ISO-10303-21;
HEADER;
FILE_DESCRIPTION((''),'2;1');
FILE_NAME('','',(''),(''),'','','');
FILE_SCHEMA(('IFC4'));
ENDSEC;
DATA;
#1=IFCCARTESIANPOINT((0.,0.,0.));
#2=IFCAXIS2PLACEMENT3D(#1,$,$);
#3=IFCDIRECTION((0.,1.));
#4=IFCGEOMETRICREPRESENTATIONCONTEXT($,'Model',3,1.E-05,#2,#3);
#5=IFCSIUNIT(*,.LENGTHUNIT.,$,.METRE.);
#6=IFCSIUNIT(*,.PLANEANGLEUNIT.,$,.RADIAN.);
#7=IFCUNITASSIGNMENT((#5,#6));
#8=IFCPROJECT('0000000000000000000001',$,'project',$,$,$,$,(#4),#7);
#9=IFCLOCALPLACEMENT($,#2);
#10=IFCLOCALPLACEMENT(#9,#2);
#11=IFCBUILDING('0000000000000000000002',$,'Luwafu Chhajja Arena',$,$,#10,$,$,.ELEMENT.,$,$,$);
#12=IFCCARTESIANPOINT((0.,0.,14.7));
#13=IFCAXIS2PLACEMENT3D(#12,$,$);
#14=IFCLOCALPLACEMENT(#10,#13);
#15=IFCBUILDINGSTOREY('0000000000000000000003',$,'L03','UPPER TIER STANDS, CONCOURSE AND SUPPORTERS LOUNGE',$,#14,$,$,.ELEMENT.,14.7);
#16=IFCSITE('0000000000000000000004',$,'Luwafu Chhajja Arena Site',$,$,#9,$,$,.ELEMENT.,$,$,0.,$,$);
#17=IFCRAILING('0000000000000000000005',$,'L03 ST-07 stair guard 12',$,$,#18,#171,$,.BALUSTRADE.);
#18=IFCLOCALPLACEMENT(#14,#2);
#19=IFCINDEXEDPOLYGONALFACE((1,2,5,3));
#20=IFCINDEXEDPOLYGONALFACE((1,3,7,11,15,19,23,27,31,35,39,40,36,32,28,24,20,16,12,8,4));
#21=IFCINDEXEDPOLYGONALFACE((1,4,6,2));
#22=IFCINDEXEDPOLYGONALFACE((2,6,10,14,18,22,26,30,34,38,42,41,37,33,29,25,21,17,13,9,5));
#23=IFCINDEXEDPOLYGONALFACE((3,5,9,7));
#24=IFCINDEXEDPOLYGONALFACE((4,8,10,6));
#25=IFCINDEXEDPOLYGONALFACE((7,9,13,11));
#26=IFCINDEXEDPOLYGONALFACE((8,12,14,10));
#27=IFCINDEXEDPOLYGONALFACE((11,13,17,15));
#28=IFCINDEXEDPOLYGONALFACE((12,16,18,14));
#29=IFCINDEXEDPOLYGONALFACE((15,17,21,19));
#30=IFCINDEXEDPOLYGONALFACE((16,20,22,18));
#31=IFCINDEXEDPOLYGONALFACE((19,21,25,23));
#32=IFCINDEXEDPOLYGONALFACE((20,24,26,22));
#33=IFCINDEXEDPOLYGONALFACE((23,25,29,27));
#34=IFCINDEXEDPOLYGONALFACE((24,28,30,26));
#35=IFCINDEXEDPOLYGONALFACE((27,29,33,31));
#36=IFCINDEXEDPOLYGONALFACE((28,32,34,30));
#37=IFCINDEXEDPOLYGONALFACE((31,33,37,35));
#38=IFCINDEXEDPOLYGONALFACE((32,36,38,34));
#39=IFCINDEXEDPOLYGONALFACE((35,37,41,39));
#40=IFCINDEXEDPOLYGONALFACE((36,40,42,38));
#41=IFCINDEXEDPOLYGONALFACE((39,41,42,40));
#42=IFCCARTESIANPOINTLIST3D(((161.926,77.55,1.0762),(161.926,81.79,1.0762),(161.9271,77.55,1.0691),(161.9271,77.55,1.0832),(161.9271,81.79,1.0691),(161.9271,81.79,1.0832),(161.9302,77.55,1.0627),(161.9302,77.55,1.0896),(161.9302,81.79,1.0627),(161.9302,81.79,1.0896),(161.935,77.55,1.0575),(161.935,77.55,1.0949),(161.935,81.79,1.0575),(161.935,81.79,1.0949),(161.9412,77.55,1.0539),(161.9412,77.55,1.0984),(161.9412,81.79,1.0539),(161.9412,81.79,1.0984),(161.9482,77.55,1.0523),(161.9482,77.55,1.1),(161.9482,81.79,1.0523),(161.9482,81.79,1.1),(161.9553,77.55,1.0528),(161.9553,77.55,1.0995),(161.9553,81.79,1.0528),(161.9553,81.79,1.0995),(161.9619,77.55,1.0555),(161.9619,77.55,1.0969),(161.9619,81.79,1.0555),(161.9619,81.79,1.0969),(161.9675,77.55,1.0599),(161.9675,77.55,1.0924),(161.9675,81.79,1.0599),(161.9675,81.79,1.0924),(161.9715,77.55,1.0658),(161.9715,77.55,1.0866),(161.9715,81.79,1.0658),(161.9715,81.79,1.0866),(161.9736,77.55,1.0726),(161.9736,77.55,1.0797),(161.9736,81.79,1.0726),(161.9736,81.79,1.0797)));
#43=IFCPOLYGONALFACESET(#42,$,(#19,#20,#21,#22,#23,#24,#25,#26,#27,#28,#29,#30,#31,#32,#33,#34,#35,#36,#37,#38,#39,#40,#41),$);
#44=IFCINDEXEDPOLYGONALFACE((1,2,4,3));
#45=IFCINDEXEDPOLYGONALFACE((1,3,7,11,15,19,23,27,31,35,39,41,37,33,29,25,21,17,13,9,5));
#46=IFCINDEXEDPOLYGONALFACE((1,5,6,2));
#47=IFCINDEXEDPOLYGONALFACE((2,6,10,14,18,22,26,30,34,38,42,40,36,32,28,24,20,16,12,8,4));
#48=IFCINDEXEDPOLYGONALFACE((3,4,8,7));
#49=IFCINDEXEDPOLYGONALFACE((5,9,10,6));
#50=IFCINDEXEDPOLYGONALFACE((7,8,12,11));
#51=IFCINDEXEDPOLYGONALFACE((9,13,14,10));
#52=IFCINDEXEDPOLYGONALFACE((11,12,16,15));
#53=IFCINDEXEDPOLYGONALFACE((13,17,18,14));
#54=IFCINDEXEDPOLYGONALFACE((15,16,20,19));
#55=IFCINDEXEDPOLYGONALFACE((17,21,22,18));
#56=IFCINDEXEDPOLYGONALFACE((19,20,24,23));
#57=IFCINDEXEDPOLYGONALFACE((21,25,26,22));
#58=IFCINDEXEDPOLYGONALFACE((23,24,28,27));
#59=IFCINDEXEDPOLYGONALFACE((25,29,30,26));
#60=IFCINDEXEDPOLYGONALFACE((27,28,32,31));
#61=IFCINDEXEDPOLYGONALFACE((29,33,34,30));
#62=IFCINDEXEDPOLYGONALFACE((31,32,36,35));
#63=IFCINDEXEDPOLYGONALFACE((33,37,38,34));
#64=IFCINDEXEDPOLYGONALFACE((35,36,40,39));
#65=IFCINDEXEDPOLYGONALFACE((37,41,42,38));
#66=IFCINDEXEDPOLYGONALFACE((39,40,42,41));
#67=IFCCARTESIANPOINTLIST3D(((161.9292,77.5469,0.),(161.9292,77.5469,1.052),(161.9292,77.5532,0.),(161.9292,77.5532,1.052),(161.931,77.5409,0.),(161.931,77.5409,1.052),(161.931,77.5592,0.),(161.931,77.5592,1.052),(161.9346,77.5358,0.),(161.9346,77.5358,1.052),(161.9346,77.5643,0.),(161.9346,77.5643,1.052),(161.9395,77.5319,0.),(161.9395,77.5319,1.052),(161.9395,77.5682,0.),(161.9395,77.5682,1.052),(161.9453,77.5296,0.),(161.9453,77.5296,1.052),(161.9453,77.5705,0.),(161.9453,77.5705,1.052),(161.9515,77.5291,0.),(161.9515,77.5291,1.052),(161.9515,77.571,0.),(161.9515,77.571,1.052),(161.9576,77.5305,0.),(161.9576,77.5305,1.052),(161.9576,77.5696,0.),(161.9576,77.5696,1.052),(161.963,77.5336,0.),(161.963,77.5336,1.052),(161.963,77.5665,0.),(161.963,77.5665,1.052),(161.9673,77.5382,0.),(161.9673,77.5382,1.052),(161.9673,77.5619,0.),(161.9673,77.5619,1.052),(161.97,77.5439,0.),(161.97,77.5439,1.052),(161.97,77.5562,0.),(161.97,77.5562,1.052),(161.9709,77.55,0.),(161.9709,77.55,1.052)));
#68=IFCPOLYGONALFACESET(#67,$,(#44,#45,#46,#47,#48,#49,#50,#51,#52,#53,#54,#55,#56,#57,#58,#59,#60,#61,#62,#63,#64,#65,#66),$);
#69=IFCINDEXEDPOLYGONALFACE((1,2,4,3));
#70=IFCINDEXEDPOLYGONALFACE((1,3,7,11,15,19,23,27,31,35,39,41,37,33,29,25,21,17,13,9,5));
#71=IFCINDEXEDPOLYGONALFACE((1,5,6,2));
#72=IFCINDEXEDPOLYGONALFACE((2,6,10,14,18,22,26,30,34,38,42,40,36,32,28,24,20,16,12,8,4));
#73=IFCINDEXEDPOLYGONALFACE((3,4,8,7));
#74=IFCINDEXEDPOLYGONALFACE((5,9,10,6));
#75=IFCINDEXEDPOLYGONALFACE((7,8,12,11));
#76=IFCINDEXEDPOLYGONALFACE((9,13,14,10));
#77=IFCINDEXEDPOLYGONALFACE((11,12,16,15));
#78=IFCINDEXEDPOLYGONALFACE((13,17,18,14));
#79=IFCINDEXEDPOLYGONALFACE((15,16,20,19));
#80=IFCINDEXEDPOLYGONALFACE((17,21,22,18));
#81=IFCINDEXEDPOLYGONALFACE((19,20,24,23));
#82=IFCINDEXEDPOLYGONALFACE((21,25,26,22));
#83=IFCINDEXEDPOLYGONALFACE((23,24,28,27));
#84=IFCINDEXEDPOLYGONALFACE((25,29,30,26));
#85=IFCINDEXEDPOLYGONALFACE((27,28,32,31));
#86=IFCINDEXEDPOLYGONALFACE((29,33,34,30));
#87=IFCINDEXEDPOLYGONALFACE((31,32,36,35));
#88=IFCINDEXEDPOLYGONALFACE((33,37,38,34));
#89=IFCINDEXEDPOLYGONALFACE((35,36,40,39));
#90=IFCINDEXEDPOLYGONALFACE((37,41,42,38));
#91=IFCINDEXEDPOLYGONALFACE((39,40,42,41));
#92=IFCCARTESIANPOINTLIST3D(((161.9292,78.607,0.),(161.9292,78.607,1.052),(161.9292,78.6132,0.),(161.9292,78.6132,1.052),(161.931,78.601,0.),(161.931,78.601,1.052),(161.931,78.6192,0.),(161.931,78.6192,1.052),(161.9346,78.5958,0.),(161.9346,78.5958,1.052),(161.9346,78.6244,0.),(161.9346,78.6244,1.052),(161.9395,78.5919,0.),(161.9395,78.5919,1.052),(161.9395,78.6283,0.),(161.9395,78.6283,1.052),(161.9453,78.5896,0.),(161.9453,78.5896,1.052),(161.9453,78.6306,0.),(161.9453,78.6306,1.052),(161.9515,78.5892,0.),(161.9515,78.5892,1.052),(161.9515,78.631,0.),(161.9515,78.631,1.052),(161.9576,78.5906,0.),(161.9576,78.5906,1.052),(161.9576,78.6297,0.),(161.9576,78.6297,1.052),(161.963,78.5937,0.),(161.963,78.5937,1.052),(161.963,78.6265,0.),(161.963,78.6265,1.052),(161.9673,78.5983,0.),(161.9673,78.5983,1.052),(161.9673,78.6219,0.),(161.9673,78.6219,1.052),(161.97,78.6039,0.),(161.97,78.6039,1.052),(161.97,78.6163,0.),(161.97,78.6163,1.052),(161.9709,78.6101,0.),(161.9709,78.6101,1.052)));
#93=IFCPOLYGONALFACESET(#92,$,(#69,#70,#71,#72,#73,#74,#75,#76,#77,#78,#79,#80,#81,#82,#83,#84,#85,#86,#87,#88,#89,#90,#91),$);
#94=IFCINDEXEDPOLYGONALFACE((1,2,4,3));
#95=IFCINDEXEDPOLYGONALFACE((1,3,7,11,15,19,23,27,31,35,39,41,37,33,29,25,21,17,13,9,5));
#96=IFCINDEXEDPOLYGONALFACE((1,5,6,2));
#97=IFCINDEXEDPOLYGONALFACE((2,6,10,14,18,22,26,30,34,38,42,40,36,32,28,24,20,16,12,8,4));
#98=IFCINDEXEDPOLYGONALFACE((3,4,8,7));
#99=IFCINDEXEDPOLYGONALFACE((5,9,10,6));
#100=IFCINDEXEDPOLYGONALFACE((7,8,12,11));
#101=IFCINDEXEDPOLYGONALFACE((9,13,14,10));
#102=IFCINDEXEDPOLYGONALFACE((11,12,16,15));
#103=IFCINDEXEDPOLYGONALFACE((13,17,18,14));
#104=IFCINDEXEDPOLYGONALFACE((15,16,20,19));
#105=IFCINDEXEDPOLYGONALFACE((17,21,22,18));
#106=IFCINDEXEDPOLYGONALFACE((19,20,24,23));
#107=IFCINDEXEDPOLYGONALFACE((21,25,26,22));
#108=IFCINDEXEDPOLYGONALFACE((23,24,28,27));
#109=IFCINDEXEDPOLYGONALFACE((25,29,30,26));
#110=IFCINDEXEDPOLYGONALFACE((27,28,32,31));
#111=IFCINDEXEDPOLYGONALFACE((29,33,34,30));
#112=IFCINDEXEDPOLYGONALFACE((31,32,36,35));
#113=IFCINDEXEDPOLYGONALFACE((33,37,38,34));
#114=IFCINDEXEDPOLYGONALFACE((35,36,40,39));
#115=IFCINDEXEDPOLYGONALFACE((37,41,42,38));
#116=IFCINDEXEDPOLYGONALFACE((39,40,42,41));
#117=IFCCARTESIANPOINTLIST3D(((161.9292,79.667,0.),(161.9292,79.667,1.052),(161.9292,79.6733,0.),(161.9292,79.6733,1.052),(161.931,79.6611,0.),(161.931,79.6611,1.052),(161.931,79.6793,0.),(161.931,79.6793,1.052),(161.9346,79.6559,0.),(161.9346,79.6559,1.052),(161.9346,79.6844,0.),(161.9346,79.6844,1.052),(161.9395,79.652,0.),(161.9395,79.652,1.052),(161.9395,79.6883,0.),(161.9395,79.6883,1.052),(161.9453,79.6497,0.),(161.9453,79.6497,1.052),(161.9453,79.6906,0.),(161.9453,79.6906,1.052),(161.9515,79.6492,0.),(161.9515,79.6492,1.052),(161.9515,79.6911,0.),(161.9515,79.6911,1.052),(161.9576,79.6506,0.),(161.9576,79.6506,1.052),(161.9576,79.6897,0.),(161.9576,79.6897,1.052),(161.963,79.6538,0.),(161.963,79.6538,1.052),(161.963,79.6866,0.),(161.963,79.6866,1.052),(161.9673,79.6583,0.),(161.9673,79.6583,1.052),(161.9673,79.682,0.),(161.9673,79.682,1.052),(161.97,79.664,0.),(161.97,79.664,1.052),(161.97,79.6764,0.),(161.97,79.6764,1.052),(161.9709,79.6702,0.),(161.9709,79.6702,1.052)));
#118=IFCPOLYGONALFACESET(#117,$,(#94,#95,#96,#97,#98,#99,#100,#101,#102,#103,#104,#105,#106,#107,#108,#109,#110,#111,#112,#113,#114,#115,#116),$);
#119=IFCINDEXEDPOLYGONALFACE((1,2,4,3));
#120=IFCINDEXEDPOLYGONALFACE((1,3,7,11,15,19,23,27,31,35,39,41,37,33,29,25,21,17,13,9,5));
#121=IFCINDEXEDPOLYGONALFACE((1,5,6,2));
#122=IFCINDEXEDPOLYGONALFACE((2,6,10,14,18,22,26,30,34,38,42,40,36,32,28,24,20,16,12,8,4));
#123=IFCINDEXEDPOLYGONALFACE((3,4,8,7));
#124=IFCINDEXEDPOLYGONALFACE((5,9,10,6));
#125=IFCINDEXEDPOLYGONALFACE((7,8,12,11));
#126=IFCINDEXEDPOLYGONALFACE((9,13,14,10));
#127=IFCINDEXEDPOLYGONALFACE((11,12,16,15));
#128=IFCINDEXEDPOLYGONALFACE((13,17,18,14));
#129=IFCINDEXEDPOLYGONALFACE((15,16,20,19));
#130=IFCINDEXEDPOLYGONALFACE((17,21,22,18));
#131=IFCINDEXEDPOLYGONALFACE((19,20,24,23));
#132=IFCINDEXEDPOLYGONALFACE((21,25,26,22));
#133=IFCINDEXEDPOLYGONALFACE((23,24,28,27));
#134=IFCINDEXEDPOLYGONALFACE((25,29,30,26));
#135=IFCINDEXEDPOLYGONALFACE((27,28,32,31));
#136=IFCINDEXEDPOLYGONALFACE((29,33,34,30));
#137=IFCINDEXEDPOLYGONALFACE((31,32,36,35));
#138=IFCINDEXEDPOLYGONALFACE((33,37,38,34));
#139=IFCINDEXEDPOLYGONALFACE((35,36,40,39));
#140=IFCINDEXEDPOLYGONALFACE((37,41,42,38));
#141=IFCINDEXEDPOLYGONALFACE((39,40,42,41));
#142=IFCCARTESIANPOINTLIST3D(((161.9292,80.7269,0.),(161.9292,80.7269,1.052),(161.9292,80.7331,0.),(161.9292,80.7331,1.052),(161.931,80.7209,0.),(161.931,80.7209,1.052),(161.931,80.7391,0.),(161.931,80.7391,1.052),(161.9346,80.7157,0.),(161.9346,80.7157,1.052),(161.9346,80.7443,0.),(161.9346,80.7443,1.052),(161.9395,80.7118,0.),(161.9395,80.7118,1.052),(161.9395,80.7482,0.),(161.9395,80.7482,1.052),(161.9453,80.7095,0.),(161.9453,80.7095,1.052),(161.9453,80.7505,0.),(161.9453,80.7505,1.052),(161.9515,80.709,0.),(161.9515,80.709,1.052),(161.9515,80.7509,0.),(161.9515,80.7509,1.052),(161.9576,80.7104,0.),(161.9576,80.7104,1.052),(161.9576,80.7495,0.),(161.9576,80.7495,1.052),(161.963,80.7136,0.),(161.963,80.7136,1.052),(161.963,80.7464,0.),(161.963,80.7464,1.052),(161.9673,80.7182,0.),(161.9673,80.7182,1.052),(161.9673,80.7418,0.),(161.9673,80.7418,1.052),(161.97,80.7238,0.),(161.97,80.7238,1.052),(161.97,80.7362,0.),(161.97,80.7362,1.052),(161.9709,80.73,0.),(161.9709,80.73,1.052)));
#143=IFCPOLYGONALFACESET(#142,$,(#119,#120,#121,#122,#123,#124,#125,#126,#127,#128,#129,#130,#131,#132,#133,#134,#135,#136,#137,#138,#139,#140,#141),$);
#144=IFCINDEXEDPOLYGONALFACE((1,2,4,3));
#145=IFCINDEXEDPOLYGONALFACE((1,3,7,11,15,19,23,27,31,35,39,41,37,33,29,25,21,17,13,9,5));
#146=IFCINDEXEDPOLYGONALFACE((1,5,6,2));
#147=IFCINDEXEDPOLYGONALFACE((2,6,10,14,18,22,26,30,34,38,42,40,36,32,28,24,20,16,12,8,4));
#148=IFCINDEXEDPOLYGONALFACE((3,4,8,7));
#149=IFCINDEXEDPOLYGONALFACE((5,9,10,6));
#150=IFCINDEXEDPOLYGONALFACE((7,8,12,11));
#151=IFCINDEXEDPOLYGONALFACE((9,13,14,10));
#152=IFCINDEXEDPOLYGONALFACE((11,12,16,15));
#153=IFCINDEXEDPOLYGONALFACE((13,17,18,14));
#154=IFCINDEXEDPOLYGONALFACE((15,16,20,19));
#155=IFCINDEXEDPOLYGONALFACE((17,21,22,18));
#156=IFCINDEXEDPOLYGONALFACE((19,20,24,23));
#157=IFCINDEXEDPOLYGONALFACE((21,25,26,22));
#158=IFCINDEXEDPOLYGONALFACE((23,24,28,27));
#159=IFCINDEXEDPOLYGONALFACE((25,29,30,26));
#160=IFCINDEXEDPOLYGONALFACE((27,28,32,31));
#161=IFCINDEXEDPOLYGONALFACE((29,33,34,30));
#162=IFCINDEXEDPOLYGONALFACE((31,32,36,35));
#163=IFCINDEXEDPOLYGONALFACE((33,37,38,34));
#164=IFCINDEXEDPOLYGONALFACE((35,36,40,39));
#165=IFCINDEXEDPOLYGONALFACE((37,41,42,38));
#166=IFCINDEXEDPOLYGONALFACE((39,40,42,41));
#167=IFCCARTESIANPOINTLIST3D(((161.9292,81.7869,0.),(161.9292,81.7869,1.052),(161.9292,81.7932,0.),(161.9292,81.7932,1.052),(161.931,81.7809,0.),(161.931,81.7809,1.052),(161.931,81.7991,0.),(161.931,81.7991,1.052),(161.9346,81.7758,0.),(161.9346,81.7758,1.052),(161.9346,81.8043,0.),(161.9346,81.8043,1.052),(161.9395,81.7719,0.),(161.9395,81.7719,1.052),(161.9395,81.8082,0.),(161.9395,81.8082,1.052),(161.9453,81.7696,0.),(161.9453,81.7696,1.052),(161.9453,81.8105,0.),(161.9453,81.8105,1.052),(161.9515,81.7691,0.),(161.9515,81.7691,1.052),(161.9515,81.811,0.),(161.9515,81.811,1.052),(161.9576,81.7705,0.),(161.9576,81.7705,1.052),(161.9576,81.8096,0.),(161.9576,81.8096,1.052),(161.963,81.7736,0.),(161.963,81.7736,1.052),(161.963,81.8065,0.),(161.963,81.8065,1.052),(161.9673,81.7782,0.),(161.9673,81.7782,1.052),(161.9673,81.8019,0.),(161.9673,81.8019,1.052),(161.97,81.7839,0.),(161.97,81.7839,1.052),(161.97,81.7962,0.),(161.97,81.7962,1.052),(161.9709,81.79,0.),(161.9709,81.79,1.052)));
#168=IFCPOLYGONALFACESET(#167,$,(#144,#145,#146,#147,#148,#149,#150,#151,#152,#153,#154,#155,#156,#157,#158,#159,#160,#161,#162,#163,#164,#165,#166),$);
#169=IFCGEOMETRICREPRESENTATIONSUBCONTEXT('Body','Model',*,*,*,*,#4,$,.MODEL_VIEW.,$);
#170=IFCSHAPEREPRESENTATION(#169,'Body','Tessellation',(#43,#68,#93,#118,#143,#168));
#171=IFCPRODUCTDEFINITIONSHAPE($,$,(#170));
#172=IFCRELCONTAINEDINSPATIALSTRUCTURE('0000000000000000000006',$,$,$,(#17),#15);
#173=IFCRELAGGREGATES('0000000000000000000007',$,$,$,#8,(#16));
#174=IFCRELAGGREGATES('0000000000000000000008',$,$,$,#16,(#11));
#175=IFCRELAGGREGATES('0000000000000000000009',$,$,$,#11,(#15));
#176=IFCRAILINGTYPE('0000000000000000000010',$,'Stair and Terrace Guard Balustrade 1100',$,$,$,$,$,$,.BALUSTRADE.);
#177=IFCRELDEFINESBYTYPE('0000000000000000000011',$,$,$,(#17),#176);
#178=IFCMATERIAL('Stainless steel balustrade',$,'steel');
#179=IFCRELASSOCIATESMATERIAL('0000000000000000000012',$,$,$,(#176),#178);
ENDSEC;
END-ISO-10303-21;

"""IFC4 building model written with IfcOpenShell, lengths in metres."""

from ifc_helpers import new_model, si_unit, direction, frame, origin, origin_2d, place, context, subcontext, project, spatial, circle, extrude, material, type_object, element, save


model = new_model("IFC4")

# Units and contexts
model_context = context("Model", 3, precision=1e-05, world=origin(), true_north=direction((0.0, 1.0)))
body_context = subcontext(model_context, "Body", "Model", "MODEL_VIEW")
ifc_project = project(units=[si_unit("LENGTHUNIT", "METRE"), si_unit("PLANEANGLEUNIT", "RADIAN")], contexts=[model_context])

# Site, building, storey
site_placement = place(None, origin())
site = spatial("IfcSite", under=ifc_project, at=site_placement, Name="Luwafu Chhajja Arena Site", CompositionType="ELEMENT", RefElevation=0.0)
building_placement = place(site_placement, origin())
building = spatial("IfcBuilding", under=site, at=building_placement, Name="Luwafu Chhajja Arena", CompositionType="ELEMENT")
storey_placement = place(building_placement, frame((0.0, 0.0, 14.7)))
storey = spatial("IfcBuildingStorey", under=building, at=storey_placement, Name="L03", Description="UPPER TIER STANDS, CONCOURSE AND SUPPORTERS LOUNGE", CompositionType="ELEMENT", Elevation=14.7)

# Railing
ifc_material_1 = material(Name="Stainless steel balustrade", Category="steel")
railing_type = type_object("IfcRailingType", Name="Stair and Terrace Guard Balustrade 1100", PredefinedType="BALUSTRADE", material=ifc_material_1)
railing_1_placement = place(storey_placement, frame((161.95, 77.55, 0.0)))
element("IfcRailing", 1, at=railing_1_placement, inside=storey, type_object=railing_type, Name="L03 ST-07 stair guard 12", PredefinedType="BALUSTRADE", context=body_context, shape_type="SweptSolid", body=[
    extrude(circle(Radius=0.0239, at=origin_2d()), frame((0.0, 0.0, 1.0762), z_axis=(0.0, 1.0, 0.0), x_axis=(-1.0, 0.0, 0.0)), (0.0, 0.0, 1.0), 4.24),
    extrude(circle(Radius=0.021, at=origin_2d()), origin(), (0.0, 0.0, 1.0), 1.052),
    extrude(circle(Radius=0.021, at=origin_2d()), frame((0.0, 1.0601, 0.0)), (0.0, 0.0, 1.0), 1.052),
    extrude(circle(Radius=0.021, at=origin_2d()), frame((0.0, 2.1201, 0.0)), (0.0, 0.0, 1.0), 1.052),
    extrude(circle(Radius=0.021, at=origin_2d()), frame((0.0, 3.1799, 0.0)), (0.0, 0.0, 1.0), 1.052),
    extrude(circle(Radius=0.021, at=origin_2d()), frame((0.0, 4.24, 0.0)), (0.0, 0.0, 1.0), 1.052),
])

save(model, "model.ifc")
